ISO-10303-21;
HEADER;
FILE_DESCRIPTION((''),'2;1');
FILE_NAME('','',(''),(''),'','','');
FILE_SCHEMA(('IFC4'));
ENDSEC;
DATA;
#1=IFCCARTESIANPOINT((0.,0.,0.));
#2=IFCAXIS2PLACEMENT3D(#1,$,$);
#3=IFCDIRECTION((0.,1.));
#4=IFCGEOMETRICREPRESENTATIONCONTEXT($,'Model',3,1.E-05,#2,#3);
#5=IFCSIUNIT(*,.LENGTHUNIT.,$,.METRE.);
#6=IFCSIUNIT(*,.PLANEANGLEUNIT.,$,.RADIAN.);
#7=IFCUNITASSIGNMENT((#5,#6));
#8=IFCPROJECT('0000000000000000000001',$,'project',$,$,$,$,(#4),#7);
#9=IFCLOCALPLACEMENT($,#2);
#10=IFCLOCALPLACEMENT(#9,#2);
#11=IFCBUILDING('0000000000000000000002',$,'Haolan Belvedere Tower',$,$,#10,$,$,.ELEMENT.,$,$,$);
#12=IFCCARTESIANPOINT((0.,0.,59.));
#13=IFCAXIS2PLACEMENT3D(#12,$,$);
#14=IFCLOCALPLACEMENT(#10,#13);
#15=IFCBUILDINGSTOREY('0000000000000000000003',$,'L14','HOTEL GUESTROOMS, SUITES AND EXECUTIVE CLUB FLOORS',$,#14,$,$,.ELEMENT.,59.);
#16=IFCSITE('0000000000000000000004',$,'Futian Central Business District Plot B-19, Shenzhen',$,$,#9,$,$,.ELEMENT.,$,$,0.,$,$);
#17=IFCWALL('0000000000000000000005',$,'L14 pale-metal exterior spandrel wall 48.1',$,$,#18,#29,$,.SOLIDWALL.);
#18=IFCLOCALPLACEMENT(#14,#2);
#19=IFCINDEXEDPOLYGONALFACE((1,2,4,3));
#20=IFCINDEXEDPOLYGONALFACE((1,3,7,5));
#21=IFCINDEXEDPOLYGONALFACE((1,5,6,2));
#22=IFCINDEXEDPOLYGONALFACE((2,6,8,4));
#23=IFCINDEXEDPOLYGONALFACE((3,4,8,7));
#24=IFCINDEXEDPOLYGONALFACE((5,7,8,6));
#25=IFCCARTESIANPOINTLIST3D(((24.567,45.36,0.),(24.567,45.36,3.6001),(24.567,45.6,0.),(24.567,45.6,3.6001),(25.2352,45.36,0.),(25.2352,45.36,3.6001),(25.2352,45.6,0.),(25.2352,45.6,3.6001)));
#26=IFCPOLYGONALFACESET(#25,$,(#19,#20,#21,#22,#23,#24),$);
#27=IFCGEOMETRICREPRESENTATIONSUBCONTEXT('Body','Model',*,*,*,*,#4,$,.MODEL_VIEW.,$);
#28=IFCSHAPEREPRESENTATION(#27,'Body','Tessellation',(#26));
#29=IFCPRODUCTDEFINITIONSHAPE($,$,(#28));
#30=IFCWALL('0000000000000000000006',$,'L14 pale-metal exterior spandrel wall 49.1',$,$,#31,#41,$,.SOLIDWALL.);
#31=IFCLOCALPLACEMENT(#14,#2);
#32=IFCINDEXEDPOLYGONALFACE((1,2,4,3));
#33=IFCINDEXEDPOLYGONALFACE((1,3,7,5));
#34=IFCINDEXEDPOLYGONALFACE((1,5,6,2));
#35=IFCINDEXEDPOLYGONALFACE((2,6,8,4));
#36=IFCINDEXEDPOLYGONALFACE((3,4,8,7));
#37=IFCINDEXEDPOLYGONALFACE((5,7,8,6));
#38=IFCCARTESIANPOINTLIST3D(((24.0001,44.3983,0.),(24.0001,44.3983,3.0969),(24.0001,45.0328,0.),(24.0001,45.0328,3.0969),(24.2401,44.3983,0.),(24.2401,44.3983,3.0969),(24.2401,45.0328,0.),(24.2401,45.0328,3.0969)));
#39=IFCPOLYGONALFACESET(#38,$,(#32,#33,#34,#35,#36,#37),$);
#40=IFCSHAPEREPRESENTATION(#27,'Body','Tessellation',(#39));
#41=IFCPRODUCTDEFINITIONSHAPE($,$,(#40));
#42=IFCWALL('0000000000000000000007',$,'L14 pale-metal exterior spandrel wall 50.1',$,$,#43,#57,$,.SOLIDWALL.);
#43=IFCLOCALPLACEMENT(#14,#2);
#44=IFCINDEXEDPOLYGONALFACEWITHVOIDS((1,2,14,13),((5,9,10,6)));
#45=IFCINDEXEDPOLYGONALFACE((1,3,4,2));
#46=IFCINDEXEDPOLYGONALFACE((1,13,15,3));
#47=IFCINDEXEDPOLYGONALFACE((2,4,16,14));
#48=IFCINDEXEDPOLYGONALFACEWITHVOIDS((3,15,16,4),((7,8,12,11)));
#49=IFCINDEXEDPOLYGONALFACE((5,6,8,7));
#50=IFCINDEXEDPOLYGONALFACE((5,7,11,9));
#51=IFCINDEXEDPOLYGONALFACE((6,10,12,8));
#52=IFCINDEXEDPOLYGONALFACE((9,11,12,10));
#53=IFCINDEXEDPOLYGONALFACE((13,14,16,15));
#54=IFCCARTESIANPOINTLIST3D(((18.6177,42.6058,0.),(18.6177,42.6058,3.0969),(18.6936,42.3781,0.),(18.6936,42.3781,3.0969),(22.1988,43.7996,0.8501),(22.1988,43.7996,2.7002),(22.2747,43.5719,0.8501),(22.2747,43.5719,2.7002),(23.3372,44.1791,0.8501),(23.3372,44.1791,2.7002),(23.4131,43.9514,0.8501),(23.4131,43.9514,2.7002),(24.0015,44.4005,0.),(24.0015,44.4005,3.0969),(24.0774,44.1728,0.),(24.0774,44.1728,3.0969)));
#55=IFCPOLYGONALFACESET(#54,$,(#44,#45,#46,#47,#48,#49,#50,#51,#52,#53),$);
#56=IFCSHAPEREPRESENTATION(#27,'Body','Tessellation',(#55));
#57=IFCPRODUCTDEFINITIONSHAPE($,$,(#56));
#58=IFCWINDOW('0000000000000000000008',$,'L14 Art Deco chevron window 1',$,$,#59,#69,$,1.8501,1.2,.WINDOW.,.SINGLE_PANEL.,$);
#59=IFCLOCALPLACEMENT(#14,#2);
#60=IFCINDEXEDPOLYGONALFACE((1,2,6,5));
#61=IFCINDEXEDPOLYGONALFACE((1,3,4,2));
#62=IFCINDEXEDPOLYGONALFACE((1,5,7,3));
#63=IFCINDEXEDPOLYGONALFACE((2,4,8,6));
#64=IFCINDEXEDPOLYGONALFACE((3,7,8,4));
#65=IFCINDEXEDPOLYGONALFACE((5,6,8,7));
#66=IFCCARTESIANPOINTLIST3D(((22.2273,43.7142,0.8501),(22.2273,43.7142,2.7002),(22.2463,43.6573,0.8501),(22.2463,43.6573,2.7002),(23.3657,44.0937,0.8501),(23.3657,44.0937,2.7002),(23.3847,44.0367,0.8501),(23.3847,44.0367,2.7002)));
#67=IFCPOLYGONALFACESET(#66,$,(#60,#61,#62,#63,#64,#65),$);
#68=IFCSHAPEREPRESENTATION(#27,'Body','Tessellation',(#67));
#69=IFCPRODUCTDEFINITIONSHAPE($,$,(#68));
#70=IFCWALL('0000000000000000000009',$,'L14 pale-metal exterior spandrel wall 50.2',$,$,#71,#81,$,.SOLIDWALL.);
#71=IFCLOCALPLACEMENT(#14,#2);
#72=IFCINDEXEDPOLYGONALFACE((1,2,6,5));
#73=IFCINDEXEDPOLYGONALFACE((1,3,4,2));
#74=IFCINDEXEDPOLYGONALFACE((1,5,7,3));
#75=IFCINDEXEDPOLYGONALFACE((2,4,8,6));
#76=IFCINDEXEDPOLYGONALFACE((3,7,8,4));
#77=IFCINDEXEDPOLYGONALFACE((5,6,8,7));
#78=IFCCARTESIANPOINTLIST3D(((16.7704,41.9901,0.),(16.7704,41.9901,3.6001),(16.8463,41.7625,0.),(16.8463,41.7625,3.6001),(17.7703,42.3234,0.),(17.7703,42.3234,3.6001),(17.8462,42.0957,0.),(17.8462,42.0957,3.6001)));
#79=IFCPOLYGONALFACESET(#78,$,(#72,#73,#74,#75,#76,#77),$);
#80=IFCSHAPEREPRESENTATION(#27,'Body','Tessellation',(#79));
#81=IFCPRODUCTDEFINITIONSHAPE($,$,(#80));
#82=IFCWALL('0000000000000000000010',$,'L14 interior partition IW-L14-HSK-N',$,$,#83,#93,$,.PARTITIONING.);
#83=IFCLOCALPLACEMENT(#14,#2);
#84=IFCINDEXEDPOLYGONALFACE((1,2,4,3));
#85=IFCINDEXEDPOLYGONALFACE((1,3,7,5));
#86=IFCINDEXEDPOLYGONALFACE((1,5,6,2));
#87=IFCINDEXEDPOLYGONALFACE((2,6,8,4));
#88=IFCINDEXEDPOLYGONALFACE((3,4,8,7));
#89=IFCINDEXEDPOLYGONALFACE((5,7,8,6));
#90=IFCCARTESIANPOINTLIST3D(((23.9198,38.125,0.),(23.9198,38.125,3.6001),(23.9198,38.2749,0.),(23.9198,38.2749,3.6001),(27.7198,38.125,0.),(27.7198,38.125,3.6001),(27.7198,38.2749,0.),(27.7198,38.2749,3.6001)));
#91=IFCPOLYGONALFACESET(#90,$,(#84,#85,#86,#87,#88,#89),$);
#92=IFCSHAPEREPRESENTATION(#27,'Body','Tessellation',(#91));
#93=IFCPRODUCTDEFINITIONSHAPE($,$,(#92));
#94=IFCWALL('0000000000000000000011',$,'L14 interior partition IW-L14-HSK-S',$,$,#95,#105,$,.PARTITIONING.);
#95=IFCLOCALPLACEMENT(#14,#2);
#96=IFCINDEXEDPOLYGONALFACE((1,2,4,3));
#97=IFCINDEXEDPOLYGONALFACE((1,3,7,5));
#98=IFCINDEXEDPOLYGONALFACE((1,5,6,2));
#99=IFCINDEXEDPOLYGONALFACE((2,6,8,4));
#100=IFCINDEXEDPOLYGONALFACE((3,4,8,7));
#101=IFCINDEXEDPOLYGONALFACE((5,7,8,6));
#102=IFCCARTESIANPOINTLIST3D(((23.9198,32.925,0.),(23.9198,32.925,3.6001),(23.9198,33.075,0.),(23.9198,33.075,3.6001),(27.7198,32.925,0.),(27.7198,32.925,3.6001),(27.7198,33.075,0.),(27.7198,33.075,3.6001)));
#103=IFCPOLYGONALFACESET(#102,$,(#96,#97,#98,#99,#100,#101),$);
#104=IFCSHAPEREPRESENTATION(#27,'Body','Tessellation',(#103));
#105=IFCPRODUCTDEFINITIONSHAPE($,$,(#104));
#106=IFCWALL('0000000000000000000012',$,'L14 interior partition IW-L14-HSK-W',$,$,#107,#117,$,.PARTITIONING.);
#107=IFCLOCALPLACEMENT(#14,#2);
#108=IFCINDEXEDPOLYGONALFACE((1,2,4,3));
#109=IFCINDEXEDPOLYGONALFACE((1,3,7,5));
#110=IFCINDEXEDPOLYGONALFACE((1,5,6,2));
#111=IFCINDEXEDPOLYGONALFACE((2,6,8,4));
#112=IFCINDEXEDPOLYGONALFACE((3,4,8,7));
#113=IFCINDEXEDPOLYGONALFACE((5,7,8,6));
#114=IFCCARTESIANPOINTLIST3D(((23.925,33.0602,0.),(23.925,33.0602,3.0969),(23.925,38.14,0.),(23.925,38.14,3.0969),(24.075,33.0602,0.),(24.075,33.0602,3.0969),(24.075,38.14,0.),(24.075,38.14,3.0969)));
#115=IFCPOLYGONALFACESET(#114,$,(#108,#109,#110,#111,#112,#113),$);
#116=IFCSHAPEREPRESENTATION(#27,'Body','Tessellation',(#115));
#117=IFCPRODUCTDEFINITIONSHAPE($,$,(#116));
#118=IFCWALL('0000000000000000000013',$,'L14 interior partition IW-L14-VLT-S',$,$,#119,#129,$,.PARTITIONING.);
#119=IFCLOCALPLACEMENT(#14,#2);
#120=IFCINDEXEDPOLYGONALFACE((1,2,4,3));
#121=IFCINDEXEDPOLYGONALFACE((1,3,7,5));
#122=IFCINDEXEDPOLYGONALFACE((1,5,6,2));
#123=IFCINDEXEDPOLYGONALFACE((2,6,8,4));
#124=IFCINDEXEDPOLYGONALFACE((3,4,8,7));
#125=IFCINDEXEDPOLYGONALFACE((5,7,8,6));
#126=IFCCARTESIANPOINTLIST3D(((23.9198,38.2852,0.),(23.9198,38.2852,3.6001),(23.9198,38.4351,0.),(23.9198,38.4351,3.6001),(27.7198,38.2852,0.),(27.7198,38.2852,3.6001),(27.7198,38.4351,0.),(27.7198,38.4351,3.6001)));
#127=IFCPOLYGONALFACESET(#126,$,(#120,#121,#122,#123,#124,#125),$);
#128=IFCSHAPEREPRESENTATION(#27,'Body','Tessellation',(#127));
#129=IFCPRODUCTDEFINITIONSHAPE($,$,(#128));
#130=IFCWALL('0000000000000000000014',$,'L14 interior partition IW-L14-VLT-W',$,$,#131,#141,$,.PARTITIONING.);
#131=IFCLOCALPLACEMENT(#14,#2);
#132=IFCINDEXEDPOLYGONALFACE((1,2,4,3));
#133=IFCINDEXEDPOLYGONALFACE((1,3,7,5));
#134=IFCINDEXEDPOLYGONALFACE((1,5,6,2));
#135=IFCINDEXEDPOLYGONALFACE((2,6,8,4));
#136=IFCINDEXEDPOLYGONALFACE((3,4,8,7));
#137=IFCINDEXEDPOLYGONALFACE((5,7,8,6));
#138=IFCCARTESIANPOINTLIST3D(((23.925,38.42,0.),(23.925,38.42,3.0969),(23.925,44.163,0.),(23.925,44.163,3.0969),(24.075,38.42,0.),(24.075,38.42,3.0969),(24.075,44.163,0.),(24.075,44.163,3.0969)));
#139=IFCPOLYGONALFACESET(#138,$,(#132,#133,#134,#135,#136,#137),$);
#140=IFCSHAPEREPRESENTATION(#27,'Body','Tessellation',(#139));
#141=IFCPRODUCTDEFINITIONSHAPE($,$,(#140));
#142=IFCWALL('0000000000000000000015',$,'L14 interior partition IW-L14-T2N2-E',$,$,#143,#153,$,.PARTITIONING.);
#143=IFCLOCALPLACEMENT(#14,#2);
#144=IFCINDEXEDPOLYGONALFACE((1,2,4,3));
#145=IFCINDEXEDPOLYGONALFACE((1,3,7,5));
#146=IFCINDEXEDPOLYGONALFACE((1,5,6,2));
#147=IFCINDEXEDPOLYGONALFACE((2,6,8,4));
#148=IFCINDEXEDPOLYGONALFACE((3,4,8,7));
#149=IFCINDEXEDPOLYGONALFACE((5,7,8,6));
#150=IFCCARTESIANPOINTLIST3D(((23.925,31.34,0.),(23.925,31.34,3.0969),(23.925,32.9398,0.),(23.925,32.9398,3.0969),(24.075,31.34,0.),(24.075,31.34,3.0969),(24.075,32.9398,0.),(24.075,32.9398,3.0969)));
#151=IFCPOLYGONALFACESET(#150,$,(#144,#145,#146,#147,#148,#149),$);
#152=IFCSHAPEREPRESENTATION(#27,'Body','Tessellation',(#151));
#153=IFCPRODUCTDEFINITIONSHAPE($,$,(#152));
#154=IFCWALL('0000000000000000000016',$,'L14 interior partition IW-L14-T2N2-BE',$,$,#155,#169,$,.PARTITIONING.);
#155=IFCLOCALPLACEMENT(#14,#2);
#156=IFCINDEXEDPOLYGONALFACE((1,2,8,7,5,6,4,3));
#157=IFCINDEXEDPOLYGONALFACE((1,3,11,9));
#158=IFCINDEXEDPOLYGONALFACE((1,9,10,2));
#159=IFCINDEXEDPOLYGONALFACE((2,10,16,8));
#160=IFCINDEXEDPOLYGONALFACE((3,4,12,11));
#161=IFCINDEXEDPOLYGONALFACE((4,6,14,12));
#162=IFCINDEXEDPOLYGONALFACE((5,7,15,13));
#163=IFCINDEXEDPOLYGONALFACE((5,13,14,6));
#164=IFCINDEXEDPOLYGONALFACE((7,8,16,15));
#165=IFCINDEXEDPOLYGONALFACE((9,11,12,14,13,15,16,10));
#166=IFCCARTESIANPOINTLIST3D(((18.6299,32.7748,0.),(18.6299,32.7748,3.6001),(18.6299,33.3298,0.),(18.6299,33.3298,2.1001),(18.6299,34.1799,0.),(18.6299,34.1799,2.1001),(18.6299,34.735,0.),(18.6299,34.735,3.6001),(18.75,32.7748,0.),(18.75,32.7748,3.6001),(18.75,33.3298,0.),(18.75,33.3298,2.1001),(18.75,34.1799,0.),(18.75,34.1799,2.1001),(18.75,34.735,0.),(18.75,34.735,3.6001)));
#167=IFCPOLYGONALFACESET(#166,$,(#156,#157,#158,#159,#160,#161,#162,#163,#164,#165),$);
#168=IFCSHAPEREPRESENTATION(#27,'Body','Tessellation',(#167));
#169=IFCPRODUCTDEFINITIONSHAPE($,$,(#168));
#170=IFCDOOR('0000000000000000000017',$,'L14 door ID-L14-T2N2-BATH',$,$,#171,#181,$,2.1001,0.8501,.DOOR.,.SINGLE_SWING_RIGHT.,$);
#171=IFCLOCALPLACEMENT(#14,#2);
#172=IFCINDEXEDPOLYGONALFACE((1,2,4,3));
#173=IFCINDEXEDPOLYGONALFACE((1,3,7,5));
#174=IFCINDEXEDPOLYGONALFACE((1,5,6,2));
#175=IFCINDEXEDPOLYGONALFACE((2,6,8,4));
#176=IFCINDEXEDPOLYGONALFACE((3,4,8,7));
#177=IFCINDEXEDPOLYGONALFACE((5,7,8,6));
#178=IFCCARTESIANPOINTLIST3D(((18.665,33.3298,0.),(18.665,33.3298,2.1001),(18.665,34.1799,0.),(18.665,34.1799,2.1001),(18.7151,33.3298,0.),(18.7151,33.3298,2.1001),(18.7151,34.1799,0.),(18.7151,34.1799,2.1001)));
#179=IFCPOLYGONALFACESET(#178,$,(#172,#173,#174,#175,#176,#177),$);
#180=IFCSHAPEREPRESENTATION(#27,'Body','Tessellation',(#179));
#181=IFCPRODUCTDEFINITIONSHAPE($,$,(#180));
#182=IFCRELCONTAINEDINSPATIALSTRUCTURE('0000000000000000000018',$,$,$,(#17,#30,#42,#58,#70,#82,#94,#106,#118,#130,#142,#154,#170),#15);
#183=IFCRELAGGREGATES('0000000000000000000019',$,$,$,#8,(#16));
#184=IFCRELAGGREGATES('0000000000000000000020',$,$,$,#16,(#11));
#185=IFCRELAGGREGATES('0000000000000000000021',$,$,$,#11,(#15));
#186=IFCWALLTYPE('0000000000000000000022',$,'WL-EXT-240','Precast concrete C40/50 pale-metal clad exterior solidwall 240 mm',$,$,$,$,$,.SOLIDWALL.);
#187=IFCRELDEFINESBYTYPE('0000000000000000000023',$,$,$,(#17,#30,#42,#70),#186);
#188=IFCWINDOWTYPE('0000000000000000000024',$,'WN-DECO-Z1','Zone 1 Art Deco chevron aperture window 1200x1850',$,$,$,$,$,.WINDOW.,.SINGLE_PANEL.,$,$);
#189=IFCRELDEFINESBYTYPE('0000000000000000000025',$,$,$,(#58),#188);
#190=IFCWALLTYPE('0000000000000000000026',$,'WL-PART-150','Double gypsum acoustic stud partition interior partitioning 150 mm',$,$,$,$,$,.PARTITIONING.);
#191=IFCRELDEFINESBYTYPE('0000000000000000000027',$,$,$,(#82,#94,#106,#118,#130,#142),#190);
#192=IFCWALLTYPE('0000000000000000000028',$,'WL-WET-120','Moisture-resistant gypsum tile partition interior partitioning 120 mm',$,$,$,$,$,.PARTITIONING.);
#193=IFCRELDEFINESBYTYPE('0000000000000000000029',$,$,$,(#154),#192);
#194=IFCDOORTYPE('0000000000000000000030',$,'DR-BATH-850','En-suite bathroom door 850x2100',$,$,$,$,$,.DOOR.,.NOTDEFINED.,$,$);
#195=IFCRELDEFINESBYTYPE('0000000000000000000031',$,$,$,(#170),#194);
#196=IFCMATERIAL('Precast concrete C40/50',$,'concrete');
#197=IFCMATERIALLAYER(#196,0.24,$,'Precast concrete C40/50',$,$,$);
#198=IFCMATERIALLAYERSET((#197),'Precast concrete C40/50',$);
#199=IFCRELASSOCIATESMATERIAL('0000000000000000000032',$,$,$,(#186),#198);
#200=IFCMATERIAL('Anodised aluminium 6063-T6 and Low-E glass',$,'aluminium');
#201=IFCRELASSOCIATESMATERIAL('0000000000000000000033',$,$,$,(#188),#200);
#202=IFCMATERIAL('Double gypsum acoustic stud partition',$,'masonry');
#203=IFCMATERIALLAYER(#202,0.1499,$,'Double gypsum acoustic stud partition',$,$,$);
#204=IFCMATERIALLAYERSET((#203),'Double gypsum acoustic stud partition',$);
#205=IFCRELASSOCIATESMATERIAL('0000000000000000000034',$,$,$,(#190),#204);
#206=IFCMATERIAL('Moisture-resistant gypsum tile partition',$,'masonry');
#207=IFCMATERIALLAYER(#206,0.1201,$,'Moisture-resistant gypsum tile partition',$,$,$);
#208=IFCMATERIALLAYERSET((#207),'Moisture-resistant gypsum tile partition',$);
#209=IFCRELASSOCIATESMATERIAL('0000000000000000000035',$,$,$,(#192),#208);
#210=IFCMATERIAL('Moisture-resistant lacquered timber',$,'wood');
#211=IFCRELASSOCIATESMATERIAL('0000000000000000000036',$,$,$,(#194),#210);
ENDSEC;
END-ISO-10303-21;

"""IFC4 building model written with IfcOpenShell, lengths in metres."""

from ifc_helpers import new_model, si_unit, direction, frame, frame_2d, origin, place, context, subcontext, project, spatial, rectangle, extrude, material, layer, layer_set, type_object, element, fill, save


model = new_model("IFC4")

# Units and contexts
model_context = context("Model", 3, precision=1e-05, world=origin(), true_north=direction((0.0, 1.0)))
body_context = subcontext(model_context, "Body", "Model", "MODEL_VIEW")
ifc_project = project(units=[si_unit("LENGTHUNIT", "METRE"), si_unit("PLANEANGLEUNIT", "RADIAN")], contexts=[model_context])

# Site, building, storey
site_placement = place(None, origin())
site = spatial("IfcSite", under=ifc_project, at=site_placement, Name="Futian Central Business District Plot B-19, Shenzhen", CompositionType="ELEMENT", RefElevation=0.0)
building_placement = place(site_placement, origin())
building = spatial("IfcBuilding", under=site, at=building_placement, Name="Haolan Belvedere Tower", CompositionType="ELEMENT")
storey_placement = place(building_placement, frame((0.0, 0.0, 59.0)))
storey = spatial("IfcBuildingStorey", under=building, at=storey_placement, Name="L14", Description="HOTEL GUESTROOMS, SUITES AND EXECUTIVE CLUB FLOORS", CompositionType="ELEMENT", Elevation=59.0)

# Walls
ifc_material_1 = material(Name="Precast concrete C40/50", Category="concrete")
ifc_layer_1 = layer(ifc_material_1, 0.24, Name="Precast concrete C40/50")
ifc_layer_set_1 = layer_set([ifc_layer_1], Name="Precast concrete C40/50")
wall_type_1 = type_object("IfcWallType", Name="WL-EXT-240", Description="Precast concrete C40/50 pale-metal clad exterior solidwall 240 mm", PredefinedType="SOLIDWALL", material=ifc_layer_set_1)
wall_1_placement = place(storey_placement, frame((25.2351, 45.48, 0.0), z_axis=(0.0, 0.0, 1.0), x_axis=(-1.0, 0.0, 0.0)))
element("IfcWall", 1, at=wall_1_placement, inside=storey, type_object=wall_type_1, Name="L14 pale-metal exterior spandrel wall 48.1", PredefinedType="SOLIDWALL", context=body_context, shape_type="SweptSolid", body=[
    extrude(rectangle(XDim=0.6682, YDim=0.24, at=frame_2d((0.334, 0.0))), origin(), (0.0, 0.0, 1.0), 3.6001),
])
wall_2_placement = place(storey_placement, frame((24.1201, 45.033, 0.0), z_axis=(0.0, 0.0, 1.0), x_axis=(0.0, -1.0, 0.0)))
element("IfcWall", 2, at=wall_2_placement, inside=storey, type_object=wall_type_1, Name="L14 pale-metal exterior spandrel wall 49.1", PredefinedType="SOLIDWALL", context=body_context, shape_type="SweptSolid", body=[
    extrude(rectangle(XDim=0.6345, YDim=0.24, at=frame_2d((0.3174, 0.0))), origin(), (0.0, 0.0, 1.0), 3.0969),
])

# Wall, opening, window
wall_3_placement = place(storey_placement, frame((24.0393, 44.2866, 0.0), z_axis=(0.0, 0.0, 1.0), x_axis=(-0.948679, -0.316241, 0.0)))
wall_3 = element("IfcWall", 3, at=wall_3_placement, inside=storey, type_object=wall_type_1, Name="L14 pale-metal exterior spandrel wall 50.1", PredefinedType="SOLIDWALL", context=body_context, shape_type="SweptSolid", body=[
    extrude(rectangle(XDim=5.675, YDim=0.24, at=frame_2d((2.8374, 0.0))), origin(), (0.0, 0.0, 1.0), 3.0969),
])
opening_1_placement = place(wall_3_placement, frame((0.7, 0.0, 0.8501)))
opening_1 = element("IfcOpeningElement", 4, at=opening_1_placement, cuts=wall_3, PredefinedType="OPENING", context=body_context, shape_type="SweptSolid", body=[
    extrude(rectangle(XDim=1.2, YDim=1.8501, at=frame_2d((0.6001, 0.925))), frame((0.0, 0.1299, 0.0), z_axis=(0.0, -1.0, 0.0), x_axis=(1.0, 0.0, 0.0)), (0.0, 0.0, 1.0), 0.26),
])
ifc_material_2 = material(Name="Anodised aluminium 6063-T6 and Low-E glass", Category="aluminium")
window_type = type_object("IfcWindowType", Name="WN-DECO-Z1", Description="Zone 1 Art Deco chevron aperture window 1200x1850", PartitioningType="SINGLE_PANEL", PredefinedType="WINDOW", material=ifc_material_2)
window_placement = place(opening_1_placement, origin())
window = element("IfcWindow", 5, at=window_placement, inside=storey, type_object=window_type, Name="L14 Art Deco chevron window 1", OverallHeight=1.8501, OverallWidth=1.2, PartitioningType="SINGLE_PANEL", PredefinedType="WINDOW", context=body_context, shape_type="SweptSolid", body=[
    extrude(rectangle(XDim=1.2, YDim=1.8501, at=frame_2d((0.6001, 0.925))), frame((0.0, 0.03, 0.0), z_axis=(0.0, -1.0, 0.0), x_axis=(1.0, 0.0, 0.0)), (0.0, 0.0, 1.0), 0.0601),
])
fill(opening_1, window)

# Walls
wall_4_placement = place(storey_placement, frame((17.8081, 42.2095, 0.0), z_axis=(0.0, 0.0, 1.0), x_axis=(-0.948706, -0.316158, 0.0)))
element("IfcWall", 6, at=wall_4_placement, inside=storey, type_object=wall_type_1, Name="L14 pale-metal exterior spandrel wall 50.2", PredefinedType="SOLIDWALL", context=body_context, shape_type="SweptSolid", body=[
    extrude(rectangle(XDim=1.054, YDim=0.24, at=frame_2d((0.5269, 0.0))), origin(), (0.0, 0.0, 1.0), 3.6001),
])
ifc_material_3 = material(Name="Double gypsum acoustic stud partition", Category="masonry")
ifc_layer_2 = layer(ifc_material_3, 0.1499, Name="Double gypsum acoustic stud partition")
ifc_layer_set_2 = layer_set([ifc_layer_2], Name="Double gypsum acoustic stud partition")
wall_type_2 = type_object("IfcWallType", Name="WL-PART-150", Description="Double gypsum acoustic stud partition interior partitioning 150 mm", PredefinedType="PARTITIONING", material=ifc_layer_set_2)
for number, where, z_axis, x_axis, name in (
    (7, (23.9199, 38.2, 0.0), (0.0, 0.0, 1.0), (1.0, 0.0, 0.0), "L14 interior partition IW-L14-HSK-N"),
    (8, (23.9199, 33.0, 0.0), (0.0, 0.0, 1.0), (1.0, 0.0, 0.0), "L14 interior partition IW-L14-HSK-S"),
):
    element("IfcWall", number, at=place(storey_placement, frame(where, z_axis=z_axis, x_axis=x_axis)), inside=storey, type_object=wall_type_2, Name=name, PredefinedType="PARTITIONING", context=body_context, shape_type="SweptSolid", body=[
        extrude(rectangle(XDim=3.8, YDim=0.1499, at=frame_2d((1.8999, 0.0))), origin(), (0.0, 0.0, 1.0), 3.6001),
    ])
wall_5_placement = place(storey_placement, frame((24.0, 33.0601, 0.0), z_axis=(0.0, 0.0, 1.0), x_axis=(0.0, 1.0, 0.0)))
element("IfcWall", 9, at=wall_5_placement, inside=storey, type_object=wall_type_2, Name="L14 interior partition IW-L14-HSK-W", PredefinedType="PARTITIONING", context=body_context, shape_type="SweptSolid", body=[
    extrude(rectangle(XDim=5.0798, YDim=0.1499, at=frame_2d((2.54, 0.0))), origin(), (0.0, 0.0, 1.0), 3.0969),
])
wall_6_placement = place(storey_placement, frame((23.9199, 38.3601, 0.0), z_axis=(0.0, 0.0, 1.0), x_axis=(1.0, 0.0, 0.0)))
element("IfcWall", 10, at=wall_6_placement, inside=storey, type_object=wall_type_2, Name="L14 interior partition IW-L14-VLT-S", PredefinedType="PARTITIONING", context=body_context, shape_type="SweptSolid", body=[
    extrude(rectangle(XDim=3.8, YDim=0.1499, at=frame_2d((1.8999, 0.0))), origin(), (0.0, 0.0, 1.0), 3.6001),
])
wall_7_placement = place(storey_placement, frame((24.0, 38.4199, 0.0), z_axis=(0.0, 0.0, 1.0), x_axis=(0.0, 1.0, 0.0)))
element("IfcWall", 11, at=wall_7_placement, inside=storey, type_object=wall_type_2, Name="L14 interior partition IW-L14-VLT-W", PredefinedType="PARTITIONING", context=body_context, shape_type="SweptSolid", body=[
    extrude(rectangle(XDim=5.7429, YDim=0.1499, at=frame_2d((2.8716, 0.0))), origin(), (0.0, 0.0, 1.0), 3.0969),
])
wall_8_placement = place(storey_placement, frame((24.0, 31.3401, 0.0), z_axis=(0.0, 0.0, 1.0), x_axis=(0.0, 1.0, 0.0)))
element("IfcWall", 12, at=wall_8_placement, inside=storey, type_object=wall_type_2, Name="L14 interior partition IW-L14-T2N2-E", PredefinedType="PARTITIONING", context=body_context, shape_type="SweptSolid", body=[
    extrude(rectangle(XDim=1.5999, YDim=0.1499, at=frame_2d((0.7998, 0.0))), origin(), (0.0, 0.0, 1.0), 3.0969),
])

# Wall, opening, door
ifc_material_4 = material(Name="Moisture-resistant gypsum tile partition", Category="masonry")
ifc_layer_3 = layer(ifc_material_4, 0.1201, Name="Moisture-resistant gypsum tile partition")
ifc_layer_set_3 = layer_set([ifc_layer_3], Name="Moisture-resistant gypsum tile partition")
wall_type_3 = type_object("IfcWallType", Name="WL-WET-120", Description="Moisture-resistant gypsum tile partition interior partitioning 120 mm", PredefinedType="PARTITIONING", material=ifc_layer_set_3)
wall_9_placement = place(storey_placement, frame((18.6899, 32.7749, 0.0), z_axis=(0.0, 0.0, 1.0), x_axis=(0.0, 1.0, 0.0)))
wall_9 = element("IfcWall", 13, at=wall_9_placement, inside=storey, type_object=wall_type_3, Name="L14 interior partition IW-L14-T2N2-BE", PredefinedType="PARTITIONING", context=body_context, shape_type="SweptSolid", body=[
    extrude(rectangle(XDim=1.9602, YDim=0.1201, at=frame_2d((0.98, 0.0))), origin(), (0.0, 0.0, 1.0), 3.6001),
])
opening_2_placement = place(wall_9_placement, frame((0.5549, 0.0, 0.0)))
opening_2 = element("IfcOpeningElement", 14, at=opening_2_placement, cuts=wall_9, PredefinedType="OPENING", context=body_context, shape_type="SweptSolid", body=[
    extrude(rectangle(XDim=0.8501, YDim=2.1001, at=frame_2d((0.425, 1.05))), frame((0.0, 0.0701, 0.0), z_axis=(0.0, -1.0, 0.0), x_axis=(1.0, 0.0, 0.0)), (0.0, 0.0, 1.0), 0.1401),
])
ifc_material_5 = material(Name="Moisture-resistant lacquered timber", Category="wood")
door_type_1 = type_object("IfcDoorType", Name="DR-BATH-850", Description="En-suite bathroom door 850x2100", OperationType="NOTDEFINED", PredefinedType="DOOR", material=ifc_material_5)
door_1_placement = place(opening_2_placement, origin())
door_1 = element("IfcDoor", 15, at=door_1_placement, inside=storey, type_object=door_type_1, Name="L14 door ID-L14-T2N2-BATH", OperationType="SINGLE_SWING_RIGHT", OverallHeight=2.1001, OverallWidth=0.8501, PredefinedType="DOOR", context=body_context, shape_type="SweptSolid", body=[
    extrude(rectangle(XDim=0.8501, YDim=2.1001, at=frame_2d((0.425, 1.05))), frame((0.0, 0.0249, 0.0), z_axis=(0.0, -1.0, 0.0), x_axis=(1.0, 0.0, 0.0)), (0.0, 0.0, 1.0), 0.05),
])
fill(opening_2, door_1)

save(model, "model.ifc")
